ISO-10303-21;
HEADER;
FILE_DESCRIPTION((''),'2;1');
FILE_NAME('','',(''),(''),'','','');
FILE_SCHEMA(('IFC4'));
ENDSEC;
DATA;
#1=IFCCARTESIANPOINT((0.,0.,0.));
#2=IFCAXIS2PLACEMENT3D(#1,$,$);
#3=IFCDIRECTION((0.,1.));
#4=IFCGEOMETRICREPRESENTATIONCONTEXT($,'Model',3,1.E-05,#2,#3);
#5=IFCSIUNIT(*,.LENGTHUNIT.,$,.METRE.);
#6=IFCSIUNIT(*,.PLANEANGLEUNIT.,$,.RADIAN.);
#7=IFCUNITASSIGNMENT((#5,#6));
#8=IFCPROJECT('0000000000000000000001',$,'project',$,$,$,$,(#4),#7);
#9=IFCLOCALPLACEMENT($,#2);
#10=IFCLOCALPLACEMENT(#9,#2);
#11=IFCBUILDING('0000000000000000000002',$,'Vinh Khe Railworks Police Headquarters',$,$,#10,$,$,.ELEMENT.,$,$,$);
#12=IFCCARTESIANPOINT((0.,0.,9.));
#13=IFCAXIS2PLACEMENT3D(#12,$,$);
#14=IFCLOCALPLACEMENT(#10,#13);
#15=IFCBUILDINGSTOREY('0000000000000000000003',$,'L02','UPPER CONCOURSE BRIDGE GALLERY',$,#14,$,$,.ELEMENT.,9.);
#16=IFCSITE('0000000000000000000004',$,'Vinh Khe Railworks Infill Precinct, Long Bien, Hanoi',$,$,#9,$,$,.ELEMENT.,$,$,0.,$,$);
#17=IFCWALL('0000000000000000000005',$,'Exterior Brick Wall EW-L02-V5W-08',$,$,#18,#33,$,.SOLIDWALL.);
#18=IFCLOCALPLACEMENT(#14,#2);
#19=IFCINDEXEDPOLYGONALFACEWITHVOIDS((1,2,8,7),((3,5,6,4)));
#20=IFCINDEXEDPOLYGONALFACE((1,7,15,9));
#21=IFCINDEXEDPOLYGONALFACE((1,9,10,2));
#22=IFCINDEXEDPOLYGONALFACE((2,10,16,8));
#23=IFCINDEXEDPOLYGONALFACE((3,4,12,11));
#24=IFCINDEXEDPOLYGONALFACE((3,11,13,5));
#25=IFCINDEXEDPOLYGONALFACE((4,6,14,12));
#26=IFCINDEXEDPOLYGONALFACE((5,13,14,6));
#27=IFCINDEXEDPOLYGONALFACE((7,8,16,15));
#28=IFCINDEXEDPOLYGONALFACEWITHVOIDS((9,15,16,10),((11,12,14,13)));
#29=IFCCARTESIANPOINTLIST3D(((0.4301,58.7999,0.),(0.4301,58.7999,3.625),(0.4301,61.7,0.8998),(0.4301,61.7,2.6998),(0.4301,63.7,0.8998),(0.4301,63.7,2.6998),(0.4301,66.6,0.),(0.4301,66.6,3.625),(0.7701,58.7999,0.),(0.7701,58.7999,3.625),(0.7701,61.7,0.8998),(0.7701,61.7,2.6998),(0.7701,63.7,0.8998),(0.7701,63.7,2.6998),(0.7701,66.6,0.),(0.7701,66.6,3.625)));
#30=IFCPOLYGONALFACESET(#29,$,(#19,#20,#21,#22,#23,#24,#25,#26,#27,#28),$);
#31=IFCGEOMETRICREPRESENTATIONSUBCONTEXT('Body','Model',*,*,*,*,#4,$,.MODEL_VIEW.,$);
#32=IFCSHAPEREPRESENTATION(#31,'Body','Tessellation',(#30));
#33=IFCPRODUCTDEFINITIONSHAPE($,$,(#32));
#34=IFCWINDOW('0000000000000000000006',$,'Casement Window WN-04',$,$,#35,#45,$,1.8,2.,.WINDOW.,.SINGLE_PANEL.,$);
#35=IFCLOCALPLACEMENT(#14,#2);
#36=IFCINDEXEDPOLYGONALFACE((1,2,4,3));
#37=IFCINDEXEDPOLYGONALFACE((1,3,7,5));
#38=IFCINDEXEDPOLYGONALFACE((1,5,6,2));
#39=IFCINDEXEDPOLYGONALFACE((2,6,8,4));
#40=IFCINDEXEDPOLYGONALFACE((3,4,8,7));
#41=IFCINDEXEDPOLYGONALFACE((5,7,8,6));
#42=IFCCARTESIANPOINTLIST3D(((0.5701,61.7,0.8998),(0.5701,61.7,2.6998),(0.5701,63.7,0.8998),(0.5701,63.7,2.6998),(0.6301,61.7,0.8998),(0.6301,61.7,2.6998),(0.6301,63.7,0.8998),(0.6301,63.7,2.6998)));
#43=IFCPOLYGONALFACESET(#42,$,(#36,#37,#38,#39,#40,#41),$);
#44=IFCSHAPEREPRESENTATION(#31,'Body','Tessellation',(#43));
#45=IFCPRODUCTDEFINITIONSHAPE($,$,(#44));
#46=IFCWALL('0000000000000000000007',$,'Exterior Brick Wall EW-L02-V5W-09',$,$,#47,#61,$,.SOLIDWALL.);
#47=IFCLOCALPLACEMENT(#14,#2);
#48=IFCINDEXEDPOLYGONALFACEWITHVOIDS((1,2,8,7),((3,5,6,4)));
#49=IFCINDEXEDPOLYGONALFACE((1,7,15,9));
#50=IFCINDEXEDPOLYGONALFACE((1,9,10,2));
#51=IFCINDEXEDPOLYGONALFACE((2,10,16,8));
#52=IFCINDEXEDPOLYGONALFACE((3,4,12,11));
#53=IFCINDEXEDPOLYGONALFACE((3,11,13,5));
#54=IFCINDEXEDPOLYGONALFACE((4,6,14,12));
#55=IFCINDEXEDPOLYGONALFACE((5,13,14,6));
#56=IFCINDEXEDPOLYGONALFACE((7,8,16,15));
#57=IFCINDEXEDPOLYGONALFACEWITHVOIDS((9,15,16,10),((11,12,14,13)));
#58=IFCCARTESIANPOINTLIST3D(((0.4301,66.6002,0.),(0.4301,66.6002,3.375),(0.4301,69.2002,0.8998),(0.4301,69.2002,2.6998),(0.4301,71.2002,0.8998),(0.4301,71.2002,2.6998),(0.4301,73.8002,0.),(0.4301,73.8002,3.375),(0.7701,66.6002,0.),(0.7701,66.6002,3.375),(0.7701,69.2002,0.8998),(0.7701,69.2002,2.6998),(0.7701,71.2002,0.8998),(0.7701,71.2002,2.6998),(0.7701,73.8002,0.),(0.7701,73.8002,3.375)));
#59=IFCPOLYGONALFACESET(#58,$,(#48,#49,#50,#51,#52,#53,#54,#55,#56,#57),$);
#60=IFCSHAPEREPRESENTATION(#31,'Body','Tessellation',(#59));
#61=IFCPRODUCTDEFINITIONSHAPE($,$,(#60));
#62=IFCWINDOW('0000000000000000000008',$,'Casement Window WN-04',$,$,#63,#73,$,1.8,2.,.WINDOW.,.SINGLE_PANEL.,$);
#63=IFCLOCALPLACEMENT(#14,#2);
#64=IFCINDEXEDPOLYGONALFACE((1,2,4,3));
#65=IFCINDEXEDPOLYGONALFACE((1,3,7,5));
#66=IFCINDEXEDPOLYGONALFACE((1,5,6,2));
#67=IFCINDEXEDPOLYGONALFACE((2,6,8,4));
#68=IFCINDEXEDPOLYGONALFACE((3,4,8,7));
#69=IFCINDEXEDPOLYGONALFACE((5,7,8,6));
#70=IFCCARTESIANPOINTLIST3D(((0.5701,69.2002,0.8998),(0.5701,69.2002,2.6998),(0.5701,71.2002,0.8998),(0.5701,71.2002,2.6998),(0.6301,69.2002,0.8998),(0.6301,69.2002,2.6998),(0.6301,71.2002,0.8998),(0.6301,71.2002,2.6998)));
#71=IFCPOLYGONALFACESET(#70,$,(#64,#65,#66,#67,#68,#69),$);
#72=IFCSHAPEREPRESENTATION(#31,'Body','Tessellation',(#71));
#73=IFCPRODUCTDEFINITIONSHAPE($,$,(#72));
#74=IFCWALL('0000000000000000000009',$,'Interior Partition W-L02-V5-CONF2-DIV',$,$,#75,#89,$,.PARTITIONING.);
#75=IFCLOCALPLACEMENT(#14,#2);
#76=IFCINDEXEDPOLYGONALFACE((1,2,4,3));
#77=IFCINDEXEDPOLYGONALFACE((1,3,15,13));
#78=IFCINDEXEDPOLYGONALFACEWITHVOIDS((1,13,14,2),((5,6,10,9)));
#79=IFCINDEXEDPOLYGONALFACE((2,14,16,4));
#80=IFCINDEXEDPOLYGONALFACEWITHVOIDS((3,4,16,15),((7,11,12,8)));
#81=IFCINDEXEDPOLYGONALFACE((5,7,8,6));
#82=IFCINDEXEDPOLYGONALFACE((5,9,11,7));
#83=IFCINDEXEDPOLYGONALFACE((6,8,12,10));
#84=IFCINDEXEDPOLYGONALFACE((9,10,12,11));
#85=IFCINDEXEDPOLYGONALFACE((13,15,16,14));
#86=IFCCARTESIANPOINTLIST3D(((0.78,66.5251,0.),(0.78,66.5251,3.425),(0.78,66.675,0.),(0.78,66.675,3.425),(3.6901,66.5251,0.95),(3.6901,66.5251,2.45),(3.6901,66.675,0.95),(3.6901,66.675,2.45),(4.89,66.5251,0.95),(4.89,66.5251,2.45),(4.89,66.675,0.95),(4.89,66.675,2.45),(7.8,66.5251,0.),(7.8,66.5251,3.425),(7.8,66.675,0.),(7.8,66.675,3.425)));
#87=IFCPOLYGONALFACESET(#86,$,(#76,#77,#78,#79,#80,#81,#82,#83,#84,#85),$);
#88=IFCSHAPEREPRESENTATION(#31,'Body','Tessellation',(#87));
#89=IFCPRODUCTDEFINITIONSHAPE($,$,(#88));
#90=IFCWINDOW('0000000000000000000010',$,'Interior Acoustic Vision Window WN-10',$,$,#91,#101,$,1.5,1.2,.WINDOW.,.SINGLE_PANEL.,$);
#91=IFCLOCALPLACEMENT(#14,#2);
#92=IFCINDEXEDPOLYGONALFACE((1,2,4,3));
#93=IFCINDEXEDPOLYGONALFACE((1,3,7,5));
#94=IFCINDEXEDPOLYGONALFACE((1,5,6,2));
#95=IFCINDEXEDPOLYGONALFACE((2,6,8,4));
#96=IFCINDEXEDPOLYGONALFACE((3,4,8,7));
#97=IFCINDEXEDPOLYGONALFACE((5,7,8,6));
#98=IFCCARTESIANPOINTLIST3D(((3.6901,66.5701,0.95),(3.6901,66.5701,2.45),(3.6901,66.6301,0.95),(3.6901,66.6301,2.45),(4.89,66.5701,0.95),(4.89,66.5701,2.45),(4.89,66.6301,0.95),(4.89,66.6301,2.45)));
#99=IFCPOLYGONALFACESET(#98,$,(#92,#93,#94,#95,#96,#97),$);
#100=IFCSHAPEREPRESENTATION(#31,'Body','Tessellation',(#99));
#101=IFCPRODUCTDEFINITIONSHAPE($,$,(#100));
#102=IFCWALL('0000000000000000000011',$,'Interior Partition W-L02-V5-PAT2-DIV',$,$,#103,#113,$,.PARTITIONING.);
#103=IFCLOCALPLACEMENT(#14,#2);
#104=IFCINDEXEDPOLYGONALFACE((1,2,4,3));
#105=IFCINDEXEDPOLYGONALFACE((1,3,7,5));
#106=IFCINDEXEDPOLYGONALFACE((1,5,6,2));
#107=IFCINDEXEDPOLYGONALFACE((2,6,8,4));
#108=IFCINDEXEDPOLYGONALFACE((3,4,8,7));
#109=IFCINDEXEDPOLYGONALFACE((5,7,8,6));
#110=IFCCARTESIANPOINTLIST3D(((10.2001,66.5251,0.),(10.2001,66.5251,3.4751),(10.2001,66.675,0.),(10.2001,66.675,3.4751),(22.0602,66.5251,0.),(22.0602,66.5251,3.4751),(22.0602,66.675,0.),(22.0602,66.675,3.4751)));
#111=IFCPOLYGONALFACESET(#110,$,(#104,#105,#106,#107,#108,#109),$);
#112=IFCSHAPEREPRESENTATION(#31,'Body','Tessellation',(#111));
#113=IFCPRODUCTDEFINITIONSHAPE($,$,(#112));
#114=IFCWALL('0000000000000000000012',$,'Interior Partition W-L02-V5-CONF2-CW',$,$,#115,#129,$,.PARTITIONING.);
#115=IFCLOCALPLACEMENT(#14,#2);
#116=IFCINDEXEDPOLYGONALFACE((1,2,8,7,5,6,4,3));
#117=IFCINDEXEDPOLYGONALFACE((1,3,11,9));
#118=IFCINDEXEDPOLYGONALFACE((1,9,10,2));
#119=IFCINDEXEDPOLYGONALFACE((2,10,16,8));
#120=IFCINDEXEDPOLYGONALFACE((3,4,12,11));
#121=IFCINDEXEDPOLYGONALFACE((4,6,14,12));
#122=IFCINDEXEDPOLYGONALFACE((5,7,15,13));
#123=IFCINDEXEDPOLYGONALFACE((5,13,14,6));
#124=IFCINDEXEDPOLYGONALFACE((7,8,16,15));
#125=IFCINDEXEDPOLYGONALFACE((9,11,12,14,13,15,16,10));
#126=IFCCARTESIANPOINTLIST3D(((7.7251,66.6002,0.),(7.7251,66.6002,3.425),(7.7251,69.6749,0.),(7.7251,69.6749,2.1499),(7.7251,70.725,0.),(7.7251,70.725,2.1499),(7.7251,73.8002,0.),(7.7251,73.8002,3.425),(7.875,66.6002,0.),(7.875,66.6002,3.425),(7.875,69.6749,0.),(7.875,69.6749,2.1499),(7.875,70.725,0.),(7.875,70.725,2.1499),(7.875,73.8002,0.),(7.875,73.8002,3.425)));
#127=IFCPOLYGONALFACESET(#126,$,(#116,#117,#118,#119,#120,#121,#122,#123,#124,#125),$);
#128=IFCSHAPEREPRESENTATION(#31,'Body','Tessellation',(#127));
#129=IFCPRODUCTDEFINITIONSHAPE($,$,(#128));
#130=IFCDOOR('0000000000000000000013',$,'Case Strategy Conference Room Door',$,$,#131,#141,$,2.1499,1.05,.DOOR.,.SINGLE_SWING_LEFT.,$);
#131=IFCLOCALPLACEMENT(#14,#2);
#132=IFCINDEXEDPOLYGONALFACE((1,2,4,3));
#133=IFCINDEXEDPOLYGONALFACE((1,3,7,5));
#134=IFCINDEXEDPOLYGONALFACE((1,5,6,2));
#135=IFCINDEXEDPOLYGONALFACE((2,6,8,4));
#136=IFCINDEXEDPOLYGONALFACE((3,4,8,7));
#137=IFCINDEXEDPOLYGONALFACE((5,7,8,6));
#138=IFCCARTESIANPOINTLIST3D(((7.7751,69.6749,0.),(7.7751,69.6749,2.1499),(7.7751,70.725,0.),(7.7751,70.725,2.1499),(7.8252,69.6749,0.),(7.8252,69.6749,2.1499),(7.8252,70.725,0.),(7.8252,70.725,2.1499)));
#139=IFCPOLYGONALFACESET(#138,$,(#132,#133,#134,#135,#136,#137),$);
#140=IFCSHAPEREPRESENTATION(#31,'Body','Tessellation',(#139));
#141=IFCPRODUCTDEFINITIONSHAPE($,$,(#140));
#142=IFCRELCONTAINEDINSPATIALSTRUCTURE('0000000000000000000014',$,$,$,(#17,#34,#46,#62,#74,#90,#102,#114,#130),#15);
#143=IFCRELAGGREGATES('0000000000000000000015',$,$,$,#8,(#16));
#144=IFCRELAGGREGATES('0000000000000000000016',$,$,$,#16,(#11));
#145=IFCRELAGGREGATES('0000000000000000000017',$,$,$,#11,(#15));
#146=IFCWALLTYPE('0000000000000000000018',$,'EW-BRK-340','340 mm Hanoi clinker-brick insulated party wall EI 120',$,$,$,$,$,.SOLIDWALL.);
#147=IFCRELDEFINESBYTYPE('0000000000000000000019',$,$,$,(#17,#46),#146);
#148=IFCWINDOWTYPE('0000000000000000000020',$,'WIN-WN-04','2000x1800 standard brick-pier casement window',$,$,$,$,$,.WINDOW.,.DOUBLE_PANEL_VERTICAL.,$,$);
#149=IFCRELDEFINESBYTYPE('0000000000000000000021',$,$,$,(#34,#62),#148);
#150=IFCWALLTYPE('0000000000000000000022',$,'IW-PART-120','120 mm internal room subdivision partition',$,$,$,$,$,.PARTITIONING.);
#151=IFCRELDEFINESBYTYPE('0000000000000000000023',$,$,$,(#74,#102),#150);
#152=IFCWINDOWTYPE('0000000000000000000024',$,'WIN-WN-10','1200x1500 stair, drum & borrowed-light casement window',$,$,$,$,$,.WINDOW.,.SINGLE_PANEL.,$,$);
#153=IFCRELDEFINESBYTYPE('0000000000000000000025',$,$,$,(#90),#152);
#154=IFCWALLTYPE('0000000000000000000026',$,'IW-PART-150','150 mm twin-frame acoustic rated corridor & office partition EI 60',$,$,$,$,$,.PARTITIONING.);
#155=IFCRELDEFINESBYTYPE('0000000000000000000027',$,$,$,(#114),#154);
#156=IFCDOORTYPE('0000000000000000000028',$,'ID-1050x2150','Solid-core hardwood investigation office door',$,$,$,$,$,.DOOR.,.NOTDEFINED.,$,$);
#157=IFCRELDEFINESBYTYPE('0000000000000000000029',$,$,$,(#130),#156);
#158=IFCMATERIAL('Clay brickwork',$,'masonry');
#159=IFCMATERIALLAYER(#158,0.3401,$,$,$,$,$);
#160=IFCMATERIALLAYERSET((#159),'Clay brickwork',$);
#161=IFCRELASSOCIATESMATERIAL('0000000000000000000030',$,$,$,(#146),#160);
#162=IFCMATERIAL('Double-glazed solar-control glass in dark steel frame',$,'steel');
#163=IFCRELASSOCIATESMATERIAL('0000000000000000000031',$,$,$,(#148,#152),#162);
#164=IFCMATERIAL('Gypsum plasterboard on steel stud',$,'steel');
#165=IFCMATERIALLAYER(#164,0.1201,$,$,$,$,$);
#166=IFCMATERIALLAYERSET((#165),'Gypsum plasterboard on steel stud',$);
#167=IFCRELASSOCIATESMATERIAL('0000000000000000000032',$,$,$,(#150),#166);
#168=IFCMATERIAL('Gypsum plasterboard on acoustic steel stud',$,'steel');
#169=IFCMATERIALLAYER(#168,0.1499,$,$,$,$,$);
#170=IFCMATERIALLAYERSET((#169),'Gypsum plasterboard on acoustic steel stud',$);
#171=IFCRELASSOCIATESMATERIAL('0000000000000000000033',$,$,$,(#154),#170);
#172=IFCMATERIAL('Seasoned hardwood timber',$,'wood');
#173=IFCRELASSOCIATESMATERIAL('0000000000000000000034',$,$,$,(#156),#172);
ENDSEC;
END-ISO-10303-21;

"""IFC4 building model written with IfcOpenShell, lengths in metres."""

from ifc_helpers import new_model, si_unit, direction, frame, frame_2d, origin, place, context, subcontext, project, spatial, rectangle, extrude, material, layer, layer_set, type_object, element, fill, save


model = new_model("IFC4")

# Units and contexts
model_context = context("Model", 3, precision=1e-05, world=origin(), true_north=direction((0.0, 1.0)))
body_context = subcontext(model_context, "Body", "Model", "MODEL_VIEW")
ifc_project = project(units=[si_unit("LENGTHUNIT", "METRE"), si_unit("PLANEANGLEUNIT", "RADIAN")], contexts=[model_context])

# Site, building, storey
site_placement = place(None, origin())
site = spatial("IfcSite", under=ifc_project, at=site_placement, Name="Vinh Khe Railworks Infill Precinct, Long Bien, Hanoi", CompositionType="ELEMENT", RefElevation=0.0)
building_placement = place(site_placement, origin())
building = spatial("IfcBuilding", under=site, at=building_placement, Name="Vinh Khe Railworks Police Headquarters", CompositionType="ELEMENT")
storey_placement = place(building_placement, frame((0.0, 0.0, 9.0)))
storey = spatial("IfcBuildingStorey", under=building, at=storey_placement, Name="L02", Description="UPPER CONCOURSE BRIDGE GALLERY", CompositionType="ELEMENT", Elevation=9.0)

# Walls, openings, windows
ifc_material_1 = material(Name="Clay brickwork", Category="masonry")
ifc_layer_1 = layer(ifc_material_1, 0.3401)
ifc_layer_set_1 = layer_set([ifc_layer_1], Name="Clay brickwork")
wall_type_1 = type_object("IfcWallType", Name="EW-BRK-340", Description="340 mm Hanoi clinker-brick insulated party wall EI 120", PredefinedType="SOLIDWALL", material=ifc_layer_set_1)
wall_1_placement = place(storey_placement, frame((0.6001, 58.8, 0.0), z_axis=(0.0, 0.0, 1.0), x_axis=(0.0, 1.0, 0.0)))
wall_1 = element("IfcWall", 1, at=wall_1_placement, inside=storey, type_object=wall_type_1, Name="Exterior Brick Wall EW-L02-V5W-08", PredefinedType="SOLIDWALL", context=body_context, shape_type="SweptSolid", body=[
    extrude(rectangle(XDim=7.8, YDim=0.3401, at=frame_2d((3.8999, 0.0))), origin(), (0.0, 0.0, 1.0), 3.625),
])
opening_1_placement = place(wall_1_placement, frame((2.8999, 0.0, 0.8999)))
opening_1 = element("IfcOpeningElement", 2, at=opening_1_placement, cuts=wall_1, PredefinedType="OPENING", context=body_context, shape_type="SweptSolid", body=[
    extrude(rectangle(XDim=2.0, YDim=1.8, at=frame_2d((1.0, 0.8999))), frame((0.0, 0.1851, 0.0), z_axis=(0.0, -1.0, 0.0), x_axis=(1.0, 0.0, 0.0)), (0.0, 0.0, 1.0), 0.3699),
])
ifc_material_2 = material(Name="Double-glazed solar-control glass in dark steel frame", Category="steel")
window_type_1 = type_object("IfcWindowType", Name="WIN-WN-04", Description="2000x1800 standard brick-pier casement window", PartitioningType="DOUBLE_PANEL_VERTICAL", PredefinedType="WINDOW", material=ifc_material_2)
window_1_placement = place(opening_1_placement, origin())
window_1 = element("IfcWindow", 3, at=window_1_placement, inside=storey, type_object=window_type_1, Name="Casement Window WN-04", OverallHeight=1.8, OverallWidth=2.0, PartitioningType="SINGLE_PANEL", PredefinedType="WINDOW", context=body_context, shape_type="SweptSolid", body=[
    extrude(rectangle(XDim=2.0, YDim=1.8, at=frame_2d((1.0, 0.8999))), frame((0.0, 0.03, 0.0), z_axis=(0.0, -1.0, 0.0), x_axis=(1.0, 0.0, 0.0)), (0.0, 0.0, 1.0), 0.0601),
])
fill(opening_1, window_1)
wall_2_placement = place(storey_placement, frame((0.6001, 66.6001, 0.0), z_axis=(0.0, 0.0, 1.0), x_axis=(0.0, 1.0, 0.0)))
wall_2 = element("IfcWall", 4, at=wall_2_placement, inside=storey, type_object=wall_type_1, Name="Exterior Brick Wall EW-L02-V5W-09", PredefinedType="SOLIDWALL", context=body_context, shape_type="SweptSolid", body=[
    extrude(rectangle(XDim=7.2, YDim=0.3401, at=frame_2d((3.6001, 0.0))), origin(), (0.0, 0.0, 1.0), 3.375),
])
opening_2_placement = place(wall_2_placement, frame((2.6001, 0.0, 0.8999)))
opening_2 = element("IfcOpeningElement", 5, at=opening_2_placement, cuts=wall_2, PredefinedType="OPENING", context=body_context, shape_type="SweptSolid", body=[
    extrude(rectangle(XDim=2.0, YDim=1.8, at=frame_2d((1.0, 0.8999))), frame((0.0, 0.1851, 0.0), z_axis=(0.0, -1.0, 0.0), x_axis=(1.0, 0.0, 0.0)), (0.0, 0.0, 1.0), 0.3699),
])
window_2_placement = place(opening_2_placement, origin())
window_2 = element("IfcWindow", 6, at=window_2_placement, inside=storey, type_object=window_type_1, Name="Casement Window WN-04", OverallHeight=1.8, OverallWidth=2.0, PartitioningType="SINGLE_PANEL", PredefinedType="WINDOW", context=body_context, shape_type="SweptSolid", body=[
    extrude(rectangle(XDim=2.0, YDim=1.8, at=frame_2d((1.0, 0.8999))), frame((0.0, 0.03, 0.0), z_axis=(0.0, -1.0, 0.0), x_axis=(1.0, 0.0, 0.0)), (0.0, 0.0, 1.0), 0.0601),
])
fill(opening_2, window_2)
ifc_material_3 = material(Name="Gypsum plasterboard on steel stud", Category="steel")
ifc_layer_2 = layer(ifc_material_3, 0.1201)
ifc_layer_set_2 = layer_set([ifc_layer_2], Name="Gypsum plasterboard on steel stud")
wall_type_2 = type_object("IfcWallType", Name="IW-PART-120", Description="120 mm internal room subdivision partition", PredefinedType="PARTITIONING", material=ifc_layer_set_2)
wall_3_placement = place(storey_placement, frame((0.78, 66.6001, 0.0), z_axis=(0.0, 0.0, 1.0), x_axis=(1.0, 0.0, 0.0)))
wall_3 = element("IfcWall", 7, at=wall_3_placement, inside=storey, type_object=wall_type_2, Name="Interior Partition W-L02-V5-CONF2-DIV", PredefinedType="PARTITIONING", context=body_context, shape_type="SweptSolid", body=[
    extrude(rectangle(XDim=7.02, YDim=0.1499, at=frame_2d((3.51, 0.0))), origin(), (0.0, 0.0, 1.0), 3.425),
])
opening_3_placement = place(wall_3_placement, frame((2.9099, 0.0, 0.95)))
opening_3 = element("IfcOpeningElement", 8, at=opening_3_placement, cuts=wall_3, PredefinedType="OPENING", context=body_context, shape_type="SweptSolid", body=[
    extrude(rectangle(XDim=1.2, YDim=1.5, at=frame_2d((0.6001, 0.75))), frame((0.0, 0.0898, 0.0), z_axis=(0.0, -1.0, 0.0), x_axis=(1.0, 0.0, 0.0)), (0.0, 0.0, 1.0), 0.1797),
])
window_type_2 = type_object("IfcWindowType", Name="WIN-WN-10", Description="1200x1500 stair, drum & borrowed-light casement window", PartitioningType="SINGLE_PANEL", PredefinedType="WINDOW", material=ifc_material_2)
window_3_placement = place(opening_3_placement, origin())
window_3 = element("IfcWindow", 9, at=window_3_placement, inside=storey, type_object=window_type_2, Name="Interior Acoustic Vision Window WN-10", OverallHeight=1.5, OverallWidth=1.2, PartitioningType="SINGLE_PANEL", PredefinedType="WINDOW", context=body_context, shape_type="SweptSolid", body=[
    extrude(rectangle(XDim=1.2, YDim=1.5, at=frame_2d((0.6001, 0.75))), frame((0.0, 0.03, 0.0), z_axis=(0.0, -1.0, 0.0), x_axis=(1.0, 0.0, 0.0)), (0.0, 0.0, 1.0), 0.0601),
])
fill(opening_3, window_3)

# Wall
wall_4_placement = place(storey_placement, frame((10.2, 66.6001, 0.0), z_axis=(0.0, 0.0, 1.0), x_axis=(1.0, 0.0, 0.0)))
element("IfcWall", 10, at=wall_4_placement, inside=storey, type_object=wall_type_2, Name="Interior Partition W-L02-V5-PAT2-DIV", PredefinedType="PARTITIONING", context=body_context, shape_type="SweptSolid", body=[
    extrude(rectangle(XDim=11.8601, YDim=0.1499, at=frame_2d((5.9302, 0.0))), origin(), (0.0, 0.0, 1.0), 3.4751),
])

# Wall, opening, door
ifc_material_4 = material(Name="Gypsum plasterboard on acoustic steel stud", Category="steel")
ifc_layer_3 = layer(ifc_material_4, 0.1499)
ifc_layer_set_3 = layer_set([ifc_layer_3], Name="Gypsum plasterboard on acoustic steel stud")
wall_type_3 = type_object("IfcWallType", Name="IW-PART-150", Description="150 mm twin-frame acoustic rated corridor & office partition EI 60", PredefinedType="PARTITIONING", material=ifc_layer_set_3)
wall_5_placement = place(storey_placement, frame((7.8, 66.6001, 0.0), z_axis=(0.0, 0.0, 1.0), x_axis=(0.0, 1.0, 0.0)))
wall_5 = element("IfcWall", 11, at=wall_5_placement, inside=storey, type_object=wall_type_3, Name="Interior Partition W-L02-V5-CONF2-CW", PredefinedType="PARTITIONING", context=body_context, shape_type="SweptSolid", body=[
    extrude(rectangle(XDim=7.2, YDim=0.1499, at=frame_2d((3.6001, 0.0))), origin(), (0.0, 0.0, 1.0), 3.425),
])
opening_4_placement = place(wall_5_placement, frame((3.075, 0.0, 0.0)))
opening_4 = element("IfcOpeningElement", 12, at=opening_4_placement, cuts=wall_5, PredefinedType="OPENING", context=body_context, shape_type="SweptSolid", body=[
    extrude(rectangle(XDim=1.05, YDim=2.1499, at=frame_2d((0.5249, 1.075))), frame((0.0, 0.0898, 0.0), z_axis=(0.0, -1.0, 0.0), x_axis=(1.0, 0.0, 0.0)), (0.0, 0.0, 1.0), 0.1797),
])
ifc_material_5 = material(Name="Seasoned hardwood timber", Category="wood")
door_type_1 = type_object("IfcDoorType", Name="ID-1050x2150", Description="Solid-core hardwood investigation office door", OperationType="NOTDEFINED", PredefinedType="DOOR", material=ifc_material_5)
door_1_placement = place(opening_4_placement, origin())
door_1 = element("IfcDoor", 13, at=door_1_placement, inside=storey, type_object=door_type_1, Name="Case Strategy Conference Room Door", OperationType="SINGLE_SWING_LEFT", OverallHeight=2.1499, OverallWidth=1.05, PredefinedType="DOOR", context=body_context, shape_type="SweptSolid", body=[
    extrude(rectangle(XDim=1.05, YDim=2.1499, at=frame_2d((0.5249, 1.075))), frame((0.0, 0.0249, 0.0), z_axis=(0.0, -1.0, 0.0), x_axis=(1.0, 0.0, 0.0)), (0.0, 0.0, 1.0), 0.05),
])
fill(opening_4, door_1)

save(model, "model.ifc")
